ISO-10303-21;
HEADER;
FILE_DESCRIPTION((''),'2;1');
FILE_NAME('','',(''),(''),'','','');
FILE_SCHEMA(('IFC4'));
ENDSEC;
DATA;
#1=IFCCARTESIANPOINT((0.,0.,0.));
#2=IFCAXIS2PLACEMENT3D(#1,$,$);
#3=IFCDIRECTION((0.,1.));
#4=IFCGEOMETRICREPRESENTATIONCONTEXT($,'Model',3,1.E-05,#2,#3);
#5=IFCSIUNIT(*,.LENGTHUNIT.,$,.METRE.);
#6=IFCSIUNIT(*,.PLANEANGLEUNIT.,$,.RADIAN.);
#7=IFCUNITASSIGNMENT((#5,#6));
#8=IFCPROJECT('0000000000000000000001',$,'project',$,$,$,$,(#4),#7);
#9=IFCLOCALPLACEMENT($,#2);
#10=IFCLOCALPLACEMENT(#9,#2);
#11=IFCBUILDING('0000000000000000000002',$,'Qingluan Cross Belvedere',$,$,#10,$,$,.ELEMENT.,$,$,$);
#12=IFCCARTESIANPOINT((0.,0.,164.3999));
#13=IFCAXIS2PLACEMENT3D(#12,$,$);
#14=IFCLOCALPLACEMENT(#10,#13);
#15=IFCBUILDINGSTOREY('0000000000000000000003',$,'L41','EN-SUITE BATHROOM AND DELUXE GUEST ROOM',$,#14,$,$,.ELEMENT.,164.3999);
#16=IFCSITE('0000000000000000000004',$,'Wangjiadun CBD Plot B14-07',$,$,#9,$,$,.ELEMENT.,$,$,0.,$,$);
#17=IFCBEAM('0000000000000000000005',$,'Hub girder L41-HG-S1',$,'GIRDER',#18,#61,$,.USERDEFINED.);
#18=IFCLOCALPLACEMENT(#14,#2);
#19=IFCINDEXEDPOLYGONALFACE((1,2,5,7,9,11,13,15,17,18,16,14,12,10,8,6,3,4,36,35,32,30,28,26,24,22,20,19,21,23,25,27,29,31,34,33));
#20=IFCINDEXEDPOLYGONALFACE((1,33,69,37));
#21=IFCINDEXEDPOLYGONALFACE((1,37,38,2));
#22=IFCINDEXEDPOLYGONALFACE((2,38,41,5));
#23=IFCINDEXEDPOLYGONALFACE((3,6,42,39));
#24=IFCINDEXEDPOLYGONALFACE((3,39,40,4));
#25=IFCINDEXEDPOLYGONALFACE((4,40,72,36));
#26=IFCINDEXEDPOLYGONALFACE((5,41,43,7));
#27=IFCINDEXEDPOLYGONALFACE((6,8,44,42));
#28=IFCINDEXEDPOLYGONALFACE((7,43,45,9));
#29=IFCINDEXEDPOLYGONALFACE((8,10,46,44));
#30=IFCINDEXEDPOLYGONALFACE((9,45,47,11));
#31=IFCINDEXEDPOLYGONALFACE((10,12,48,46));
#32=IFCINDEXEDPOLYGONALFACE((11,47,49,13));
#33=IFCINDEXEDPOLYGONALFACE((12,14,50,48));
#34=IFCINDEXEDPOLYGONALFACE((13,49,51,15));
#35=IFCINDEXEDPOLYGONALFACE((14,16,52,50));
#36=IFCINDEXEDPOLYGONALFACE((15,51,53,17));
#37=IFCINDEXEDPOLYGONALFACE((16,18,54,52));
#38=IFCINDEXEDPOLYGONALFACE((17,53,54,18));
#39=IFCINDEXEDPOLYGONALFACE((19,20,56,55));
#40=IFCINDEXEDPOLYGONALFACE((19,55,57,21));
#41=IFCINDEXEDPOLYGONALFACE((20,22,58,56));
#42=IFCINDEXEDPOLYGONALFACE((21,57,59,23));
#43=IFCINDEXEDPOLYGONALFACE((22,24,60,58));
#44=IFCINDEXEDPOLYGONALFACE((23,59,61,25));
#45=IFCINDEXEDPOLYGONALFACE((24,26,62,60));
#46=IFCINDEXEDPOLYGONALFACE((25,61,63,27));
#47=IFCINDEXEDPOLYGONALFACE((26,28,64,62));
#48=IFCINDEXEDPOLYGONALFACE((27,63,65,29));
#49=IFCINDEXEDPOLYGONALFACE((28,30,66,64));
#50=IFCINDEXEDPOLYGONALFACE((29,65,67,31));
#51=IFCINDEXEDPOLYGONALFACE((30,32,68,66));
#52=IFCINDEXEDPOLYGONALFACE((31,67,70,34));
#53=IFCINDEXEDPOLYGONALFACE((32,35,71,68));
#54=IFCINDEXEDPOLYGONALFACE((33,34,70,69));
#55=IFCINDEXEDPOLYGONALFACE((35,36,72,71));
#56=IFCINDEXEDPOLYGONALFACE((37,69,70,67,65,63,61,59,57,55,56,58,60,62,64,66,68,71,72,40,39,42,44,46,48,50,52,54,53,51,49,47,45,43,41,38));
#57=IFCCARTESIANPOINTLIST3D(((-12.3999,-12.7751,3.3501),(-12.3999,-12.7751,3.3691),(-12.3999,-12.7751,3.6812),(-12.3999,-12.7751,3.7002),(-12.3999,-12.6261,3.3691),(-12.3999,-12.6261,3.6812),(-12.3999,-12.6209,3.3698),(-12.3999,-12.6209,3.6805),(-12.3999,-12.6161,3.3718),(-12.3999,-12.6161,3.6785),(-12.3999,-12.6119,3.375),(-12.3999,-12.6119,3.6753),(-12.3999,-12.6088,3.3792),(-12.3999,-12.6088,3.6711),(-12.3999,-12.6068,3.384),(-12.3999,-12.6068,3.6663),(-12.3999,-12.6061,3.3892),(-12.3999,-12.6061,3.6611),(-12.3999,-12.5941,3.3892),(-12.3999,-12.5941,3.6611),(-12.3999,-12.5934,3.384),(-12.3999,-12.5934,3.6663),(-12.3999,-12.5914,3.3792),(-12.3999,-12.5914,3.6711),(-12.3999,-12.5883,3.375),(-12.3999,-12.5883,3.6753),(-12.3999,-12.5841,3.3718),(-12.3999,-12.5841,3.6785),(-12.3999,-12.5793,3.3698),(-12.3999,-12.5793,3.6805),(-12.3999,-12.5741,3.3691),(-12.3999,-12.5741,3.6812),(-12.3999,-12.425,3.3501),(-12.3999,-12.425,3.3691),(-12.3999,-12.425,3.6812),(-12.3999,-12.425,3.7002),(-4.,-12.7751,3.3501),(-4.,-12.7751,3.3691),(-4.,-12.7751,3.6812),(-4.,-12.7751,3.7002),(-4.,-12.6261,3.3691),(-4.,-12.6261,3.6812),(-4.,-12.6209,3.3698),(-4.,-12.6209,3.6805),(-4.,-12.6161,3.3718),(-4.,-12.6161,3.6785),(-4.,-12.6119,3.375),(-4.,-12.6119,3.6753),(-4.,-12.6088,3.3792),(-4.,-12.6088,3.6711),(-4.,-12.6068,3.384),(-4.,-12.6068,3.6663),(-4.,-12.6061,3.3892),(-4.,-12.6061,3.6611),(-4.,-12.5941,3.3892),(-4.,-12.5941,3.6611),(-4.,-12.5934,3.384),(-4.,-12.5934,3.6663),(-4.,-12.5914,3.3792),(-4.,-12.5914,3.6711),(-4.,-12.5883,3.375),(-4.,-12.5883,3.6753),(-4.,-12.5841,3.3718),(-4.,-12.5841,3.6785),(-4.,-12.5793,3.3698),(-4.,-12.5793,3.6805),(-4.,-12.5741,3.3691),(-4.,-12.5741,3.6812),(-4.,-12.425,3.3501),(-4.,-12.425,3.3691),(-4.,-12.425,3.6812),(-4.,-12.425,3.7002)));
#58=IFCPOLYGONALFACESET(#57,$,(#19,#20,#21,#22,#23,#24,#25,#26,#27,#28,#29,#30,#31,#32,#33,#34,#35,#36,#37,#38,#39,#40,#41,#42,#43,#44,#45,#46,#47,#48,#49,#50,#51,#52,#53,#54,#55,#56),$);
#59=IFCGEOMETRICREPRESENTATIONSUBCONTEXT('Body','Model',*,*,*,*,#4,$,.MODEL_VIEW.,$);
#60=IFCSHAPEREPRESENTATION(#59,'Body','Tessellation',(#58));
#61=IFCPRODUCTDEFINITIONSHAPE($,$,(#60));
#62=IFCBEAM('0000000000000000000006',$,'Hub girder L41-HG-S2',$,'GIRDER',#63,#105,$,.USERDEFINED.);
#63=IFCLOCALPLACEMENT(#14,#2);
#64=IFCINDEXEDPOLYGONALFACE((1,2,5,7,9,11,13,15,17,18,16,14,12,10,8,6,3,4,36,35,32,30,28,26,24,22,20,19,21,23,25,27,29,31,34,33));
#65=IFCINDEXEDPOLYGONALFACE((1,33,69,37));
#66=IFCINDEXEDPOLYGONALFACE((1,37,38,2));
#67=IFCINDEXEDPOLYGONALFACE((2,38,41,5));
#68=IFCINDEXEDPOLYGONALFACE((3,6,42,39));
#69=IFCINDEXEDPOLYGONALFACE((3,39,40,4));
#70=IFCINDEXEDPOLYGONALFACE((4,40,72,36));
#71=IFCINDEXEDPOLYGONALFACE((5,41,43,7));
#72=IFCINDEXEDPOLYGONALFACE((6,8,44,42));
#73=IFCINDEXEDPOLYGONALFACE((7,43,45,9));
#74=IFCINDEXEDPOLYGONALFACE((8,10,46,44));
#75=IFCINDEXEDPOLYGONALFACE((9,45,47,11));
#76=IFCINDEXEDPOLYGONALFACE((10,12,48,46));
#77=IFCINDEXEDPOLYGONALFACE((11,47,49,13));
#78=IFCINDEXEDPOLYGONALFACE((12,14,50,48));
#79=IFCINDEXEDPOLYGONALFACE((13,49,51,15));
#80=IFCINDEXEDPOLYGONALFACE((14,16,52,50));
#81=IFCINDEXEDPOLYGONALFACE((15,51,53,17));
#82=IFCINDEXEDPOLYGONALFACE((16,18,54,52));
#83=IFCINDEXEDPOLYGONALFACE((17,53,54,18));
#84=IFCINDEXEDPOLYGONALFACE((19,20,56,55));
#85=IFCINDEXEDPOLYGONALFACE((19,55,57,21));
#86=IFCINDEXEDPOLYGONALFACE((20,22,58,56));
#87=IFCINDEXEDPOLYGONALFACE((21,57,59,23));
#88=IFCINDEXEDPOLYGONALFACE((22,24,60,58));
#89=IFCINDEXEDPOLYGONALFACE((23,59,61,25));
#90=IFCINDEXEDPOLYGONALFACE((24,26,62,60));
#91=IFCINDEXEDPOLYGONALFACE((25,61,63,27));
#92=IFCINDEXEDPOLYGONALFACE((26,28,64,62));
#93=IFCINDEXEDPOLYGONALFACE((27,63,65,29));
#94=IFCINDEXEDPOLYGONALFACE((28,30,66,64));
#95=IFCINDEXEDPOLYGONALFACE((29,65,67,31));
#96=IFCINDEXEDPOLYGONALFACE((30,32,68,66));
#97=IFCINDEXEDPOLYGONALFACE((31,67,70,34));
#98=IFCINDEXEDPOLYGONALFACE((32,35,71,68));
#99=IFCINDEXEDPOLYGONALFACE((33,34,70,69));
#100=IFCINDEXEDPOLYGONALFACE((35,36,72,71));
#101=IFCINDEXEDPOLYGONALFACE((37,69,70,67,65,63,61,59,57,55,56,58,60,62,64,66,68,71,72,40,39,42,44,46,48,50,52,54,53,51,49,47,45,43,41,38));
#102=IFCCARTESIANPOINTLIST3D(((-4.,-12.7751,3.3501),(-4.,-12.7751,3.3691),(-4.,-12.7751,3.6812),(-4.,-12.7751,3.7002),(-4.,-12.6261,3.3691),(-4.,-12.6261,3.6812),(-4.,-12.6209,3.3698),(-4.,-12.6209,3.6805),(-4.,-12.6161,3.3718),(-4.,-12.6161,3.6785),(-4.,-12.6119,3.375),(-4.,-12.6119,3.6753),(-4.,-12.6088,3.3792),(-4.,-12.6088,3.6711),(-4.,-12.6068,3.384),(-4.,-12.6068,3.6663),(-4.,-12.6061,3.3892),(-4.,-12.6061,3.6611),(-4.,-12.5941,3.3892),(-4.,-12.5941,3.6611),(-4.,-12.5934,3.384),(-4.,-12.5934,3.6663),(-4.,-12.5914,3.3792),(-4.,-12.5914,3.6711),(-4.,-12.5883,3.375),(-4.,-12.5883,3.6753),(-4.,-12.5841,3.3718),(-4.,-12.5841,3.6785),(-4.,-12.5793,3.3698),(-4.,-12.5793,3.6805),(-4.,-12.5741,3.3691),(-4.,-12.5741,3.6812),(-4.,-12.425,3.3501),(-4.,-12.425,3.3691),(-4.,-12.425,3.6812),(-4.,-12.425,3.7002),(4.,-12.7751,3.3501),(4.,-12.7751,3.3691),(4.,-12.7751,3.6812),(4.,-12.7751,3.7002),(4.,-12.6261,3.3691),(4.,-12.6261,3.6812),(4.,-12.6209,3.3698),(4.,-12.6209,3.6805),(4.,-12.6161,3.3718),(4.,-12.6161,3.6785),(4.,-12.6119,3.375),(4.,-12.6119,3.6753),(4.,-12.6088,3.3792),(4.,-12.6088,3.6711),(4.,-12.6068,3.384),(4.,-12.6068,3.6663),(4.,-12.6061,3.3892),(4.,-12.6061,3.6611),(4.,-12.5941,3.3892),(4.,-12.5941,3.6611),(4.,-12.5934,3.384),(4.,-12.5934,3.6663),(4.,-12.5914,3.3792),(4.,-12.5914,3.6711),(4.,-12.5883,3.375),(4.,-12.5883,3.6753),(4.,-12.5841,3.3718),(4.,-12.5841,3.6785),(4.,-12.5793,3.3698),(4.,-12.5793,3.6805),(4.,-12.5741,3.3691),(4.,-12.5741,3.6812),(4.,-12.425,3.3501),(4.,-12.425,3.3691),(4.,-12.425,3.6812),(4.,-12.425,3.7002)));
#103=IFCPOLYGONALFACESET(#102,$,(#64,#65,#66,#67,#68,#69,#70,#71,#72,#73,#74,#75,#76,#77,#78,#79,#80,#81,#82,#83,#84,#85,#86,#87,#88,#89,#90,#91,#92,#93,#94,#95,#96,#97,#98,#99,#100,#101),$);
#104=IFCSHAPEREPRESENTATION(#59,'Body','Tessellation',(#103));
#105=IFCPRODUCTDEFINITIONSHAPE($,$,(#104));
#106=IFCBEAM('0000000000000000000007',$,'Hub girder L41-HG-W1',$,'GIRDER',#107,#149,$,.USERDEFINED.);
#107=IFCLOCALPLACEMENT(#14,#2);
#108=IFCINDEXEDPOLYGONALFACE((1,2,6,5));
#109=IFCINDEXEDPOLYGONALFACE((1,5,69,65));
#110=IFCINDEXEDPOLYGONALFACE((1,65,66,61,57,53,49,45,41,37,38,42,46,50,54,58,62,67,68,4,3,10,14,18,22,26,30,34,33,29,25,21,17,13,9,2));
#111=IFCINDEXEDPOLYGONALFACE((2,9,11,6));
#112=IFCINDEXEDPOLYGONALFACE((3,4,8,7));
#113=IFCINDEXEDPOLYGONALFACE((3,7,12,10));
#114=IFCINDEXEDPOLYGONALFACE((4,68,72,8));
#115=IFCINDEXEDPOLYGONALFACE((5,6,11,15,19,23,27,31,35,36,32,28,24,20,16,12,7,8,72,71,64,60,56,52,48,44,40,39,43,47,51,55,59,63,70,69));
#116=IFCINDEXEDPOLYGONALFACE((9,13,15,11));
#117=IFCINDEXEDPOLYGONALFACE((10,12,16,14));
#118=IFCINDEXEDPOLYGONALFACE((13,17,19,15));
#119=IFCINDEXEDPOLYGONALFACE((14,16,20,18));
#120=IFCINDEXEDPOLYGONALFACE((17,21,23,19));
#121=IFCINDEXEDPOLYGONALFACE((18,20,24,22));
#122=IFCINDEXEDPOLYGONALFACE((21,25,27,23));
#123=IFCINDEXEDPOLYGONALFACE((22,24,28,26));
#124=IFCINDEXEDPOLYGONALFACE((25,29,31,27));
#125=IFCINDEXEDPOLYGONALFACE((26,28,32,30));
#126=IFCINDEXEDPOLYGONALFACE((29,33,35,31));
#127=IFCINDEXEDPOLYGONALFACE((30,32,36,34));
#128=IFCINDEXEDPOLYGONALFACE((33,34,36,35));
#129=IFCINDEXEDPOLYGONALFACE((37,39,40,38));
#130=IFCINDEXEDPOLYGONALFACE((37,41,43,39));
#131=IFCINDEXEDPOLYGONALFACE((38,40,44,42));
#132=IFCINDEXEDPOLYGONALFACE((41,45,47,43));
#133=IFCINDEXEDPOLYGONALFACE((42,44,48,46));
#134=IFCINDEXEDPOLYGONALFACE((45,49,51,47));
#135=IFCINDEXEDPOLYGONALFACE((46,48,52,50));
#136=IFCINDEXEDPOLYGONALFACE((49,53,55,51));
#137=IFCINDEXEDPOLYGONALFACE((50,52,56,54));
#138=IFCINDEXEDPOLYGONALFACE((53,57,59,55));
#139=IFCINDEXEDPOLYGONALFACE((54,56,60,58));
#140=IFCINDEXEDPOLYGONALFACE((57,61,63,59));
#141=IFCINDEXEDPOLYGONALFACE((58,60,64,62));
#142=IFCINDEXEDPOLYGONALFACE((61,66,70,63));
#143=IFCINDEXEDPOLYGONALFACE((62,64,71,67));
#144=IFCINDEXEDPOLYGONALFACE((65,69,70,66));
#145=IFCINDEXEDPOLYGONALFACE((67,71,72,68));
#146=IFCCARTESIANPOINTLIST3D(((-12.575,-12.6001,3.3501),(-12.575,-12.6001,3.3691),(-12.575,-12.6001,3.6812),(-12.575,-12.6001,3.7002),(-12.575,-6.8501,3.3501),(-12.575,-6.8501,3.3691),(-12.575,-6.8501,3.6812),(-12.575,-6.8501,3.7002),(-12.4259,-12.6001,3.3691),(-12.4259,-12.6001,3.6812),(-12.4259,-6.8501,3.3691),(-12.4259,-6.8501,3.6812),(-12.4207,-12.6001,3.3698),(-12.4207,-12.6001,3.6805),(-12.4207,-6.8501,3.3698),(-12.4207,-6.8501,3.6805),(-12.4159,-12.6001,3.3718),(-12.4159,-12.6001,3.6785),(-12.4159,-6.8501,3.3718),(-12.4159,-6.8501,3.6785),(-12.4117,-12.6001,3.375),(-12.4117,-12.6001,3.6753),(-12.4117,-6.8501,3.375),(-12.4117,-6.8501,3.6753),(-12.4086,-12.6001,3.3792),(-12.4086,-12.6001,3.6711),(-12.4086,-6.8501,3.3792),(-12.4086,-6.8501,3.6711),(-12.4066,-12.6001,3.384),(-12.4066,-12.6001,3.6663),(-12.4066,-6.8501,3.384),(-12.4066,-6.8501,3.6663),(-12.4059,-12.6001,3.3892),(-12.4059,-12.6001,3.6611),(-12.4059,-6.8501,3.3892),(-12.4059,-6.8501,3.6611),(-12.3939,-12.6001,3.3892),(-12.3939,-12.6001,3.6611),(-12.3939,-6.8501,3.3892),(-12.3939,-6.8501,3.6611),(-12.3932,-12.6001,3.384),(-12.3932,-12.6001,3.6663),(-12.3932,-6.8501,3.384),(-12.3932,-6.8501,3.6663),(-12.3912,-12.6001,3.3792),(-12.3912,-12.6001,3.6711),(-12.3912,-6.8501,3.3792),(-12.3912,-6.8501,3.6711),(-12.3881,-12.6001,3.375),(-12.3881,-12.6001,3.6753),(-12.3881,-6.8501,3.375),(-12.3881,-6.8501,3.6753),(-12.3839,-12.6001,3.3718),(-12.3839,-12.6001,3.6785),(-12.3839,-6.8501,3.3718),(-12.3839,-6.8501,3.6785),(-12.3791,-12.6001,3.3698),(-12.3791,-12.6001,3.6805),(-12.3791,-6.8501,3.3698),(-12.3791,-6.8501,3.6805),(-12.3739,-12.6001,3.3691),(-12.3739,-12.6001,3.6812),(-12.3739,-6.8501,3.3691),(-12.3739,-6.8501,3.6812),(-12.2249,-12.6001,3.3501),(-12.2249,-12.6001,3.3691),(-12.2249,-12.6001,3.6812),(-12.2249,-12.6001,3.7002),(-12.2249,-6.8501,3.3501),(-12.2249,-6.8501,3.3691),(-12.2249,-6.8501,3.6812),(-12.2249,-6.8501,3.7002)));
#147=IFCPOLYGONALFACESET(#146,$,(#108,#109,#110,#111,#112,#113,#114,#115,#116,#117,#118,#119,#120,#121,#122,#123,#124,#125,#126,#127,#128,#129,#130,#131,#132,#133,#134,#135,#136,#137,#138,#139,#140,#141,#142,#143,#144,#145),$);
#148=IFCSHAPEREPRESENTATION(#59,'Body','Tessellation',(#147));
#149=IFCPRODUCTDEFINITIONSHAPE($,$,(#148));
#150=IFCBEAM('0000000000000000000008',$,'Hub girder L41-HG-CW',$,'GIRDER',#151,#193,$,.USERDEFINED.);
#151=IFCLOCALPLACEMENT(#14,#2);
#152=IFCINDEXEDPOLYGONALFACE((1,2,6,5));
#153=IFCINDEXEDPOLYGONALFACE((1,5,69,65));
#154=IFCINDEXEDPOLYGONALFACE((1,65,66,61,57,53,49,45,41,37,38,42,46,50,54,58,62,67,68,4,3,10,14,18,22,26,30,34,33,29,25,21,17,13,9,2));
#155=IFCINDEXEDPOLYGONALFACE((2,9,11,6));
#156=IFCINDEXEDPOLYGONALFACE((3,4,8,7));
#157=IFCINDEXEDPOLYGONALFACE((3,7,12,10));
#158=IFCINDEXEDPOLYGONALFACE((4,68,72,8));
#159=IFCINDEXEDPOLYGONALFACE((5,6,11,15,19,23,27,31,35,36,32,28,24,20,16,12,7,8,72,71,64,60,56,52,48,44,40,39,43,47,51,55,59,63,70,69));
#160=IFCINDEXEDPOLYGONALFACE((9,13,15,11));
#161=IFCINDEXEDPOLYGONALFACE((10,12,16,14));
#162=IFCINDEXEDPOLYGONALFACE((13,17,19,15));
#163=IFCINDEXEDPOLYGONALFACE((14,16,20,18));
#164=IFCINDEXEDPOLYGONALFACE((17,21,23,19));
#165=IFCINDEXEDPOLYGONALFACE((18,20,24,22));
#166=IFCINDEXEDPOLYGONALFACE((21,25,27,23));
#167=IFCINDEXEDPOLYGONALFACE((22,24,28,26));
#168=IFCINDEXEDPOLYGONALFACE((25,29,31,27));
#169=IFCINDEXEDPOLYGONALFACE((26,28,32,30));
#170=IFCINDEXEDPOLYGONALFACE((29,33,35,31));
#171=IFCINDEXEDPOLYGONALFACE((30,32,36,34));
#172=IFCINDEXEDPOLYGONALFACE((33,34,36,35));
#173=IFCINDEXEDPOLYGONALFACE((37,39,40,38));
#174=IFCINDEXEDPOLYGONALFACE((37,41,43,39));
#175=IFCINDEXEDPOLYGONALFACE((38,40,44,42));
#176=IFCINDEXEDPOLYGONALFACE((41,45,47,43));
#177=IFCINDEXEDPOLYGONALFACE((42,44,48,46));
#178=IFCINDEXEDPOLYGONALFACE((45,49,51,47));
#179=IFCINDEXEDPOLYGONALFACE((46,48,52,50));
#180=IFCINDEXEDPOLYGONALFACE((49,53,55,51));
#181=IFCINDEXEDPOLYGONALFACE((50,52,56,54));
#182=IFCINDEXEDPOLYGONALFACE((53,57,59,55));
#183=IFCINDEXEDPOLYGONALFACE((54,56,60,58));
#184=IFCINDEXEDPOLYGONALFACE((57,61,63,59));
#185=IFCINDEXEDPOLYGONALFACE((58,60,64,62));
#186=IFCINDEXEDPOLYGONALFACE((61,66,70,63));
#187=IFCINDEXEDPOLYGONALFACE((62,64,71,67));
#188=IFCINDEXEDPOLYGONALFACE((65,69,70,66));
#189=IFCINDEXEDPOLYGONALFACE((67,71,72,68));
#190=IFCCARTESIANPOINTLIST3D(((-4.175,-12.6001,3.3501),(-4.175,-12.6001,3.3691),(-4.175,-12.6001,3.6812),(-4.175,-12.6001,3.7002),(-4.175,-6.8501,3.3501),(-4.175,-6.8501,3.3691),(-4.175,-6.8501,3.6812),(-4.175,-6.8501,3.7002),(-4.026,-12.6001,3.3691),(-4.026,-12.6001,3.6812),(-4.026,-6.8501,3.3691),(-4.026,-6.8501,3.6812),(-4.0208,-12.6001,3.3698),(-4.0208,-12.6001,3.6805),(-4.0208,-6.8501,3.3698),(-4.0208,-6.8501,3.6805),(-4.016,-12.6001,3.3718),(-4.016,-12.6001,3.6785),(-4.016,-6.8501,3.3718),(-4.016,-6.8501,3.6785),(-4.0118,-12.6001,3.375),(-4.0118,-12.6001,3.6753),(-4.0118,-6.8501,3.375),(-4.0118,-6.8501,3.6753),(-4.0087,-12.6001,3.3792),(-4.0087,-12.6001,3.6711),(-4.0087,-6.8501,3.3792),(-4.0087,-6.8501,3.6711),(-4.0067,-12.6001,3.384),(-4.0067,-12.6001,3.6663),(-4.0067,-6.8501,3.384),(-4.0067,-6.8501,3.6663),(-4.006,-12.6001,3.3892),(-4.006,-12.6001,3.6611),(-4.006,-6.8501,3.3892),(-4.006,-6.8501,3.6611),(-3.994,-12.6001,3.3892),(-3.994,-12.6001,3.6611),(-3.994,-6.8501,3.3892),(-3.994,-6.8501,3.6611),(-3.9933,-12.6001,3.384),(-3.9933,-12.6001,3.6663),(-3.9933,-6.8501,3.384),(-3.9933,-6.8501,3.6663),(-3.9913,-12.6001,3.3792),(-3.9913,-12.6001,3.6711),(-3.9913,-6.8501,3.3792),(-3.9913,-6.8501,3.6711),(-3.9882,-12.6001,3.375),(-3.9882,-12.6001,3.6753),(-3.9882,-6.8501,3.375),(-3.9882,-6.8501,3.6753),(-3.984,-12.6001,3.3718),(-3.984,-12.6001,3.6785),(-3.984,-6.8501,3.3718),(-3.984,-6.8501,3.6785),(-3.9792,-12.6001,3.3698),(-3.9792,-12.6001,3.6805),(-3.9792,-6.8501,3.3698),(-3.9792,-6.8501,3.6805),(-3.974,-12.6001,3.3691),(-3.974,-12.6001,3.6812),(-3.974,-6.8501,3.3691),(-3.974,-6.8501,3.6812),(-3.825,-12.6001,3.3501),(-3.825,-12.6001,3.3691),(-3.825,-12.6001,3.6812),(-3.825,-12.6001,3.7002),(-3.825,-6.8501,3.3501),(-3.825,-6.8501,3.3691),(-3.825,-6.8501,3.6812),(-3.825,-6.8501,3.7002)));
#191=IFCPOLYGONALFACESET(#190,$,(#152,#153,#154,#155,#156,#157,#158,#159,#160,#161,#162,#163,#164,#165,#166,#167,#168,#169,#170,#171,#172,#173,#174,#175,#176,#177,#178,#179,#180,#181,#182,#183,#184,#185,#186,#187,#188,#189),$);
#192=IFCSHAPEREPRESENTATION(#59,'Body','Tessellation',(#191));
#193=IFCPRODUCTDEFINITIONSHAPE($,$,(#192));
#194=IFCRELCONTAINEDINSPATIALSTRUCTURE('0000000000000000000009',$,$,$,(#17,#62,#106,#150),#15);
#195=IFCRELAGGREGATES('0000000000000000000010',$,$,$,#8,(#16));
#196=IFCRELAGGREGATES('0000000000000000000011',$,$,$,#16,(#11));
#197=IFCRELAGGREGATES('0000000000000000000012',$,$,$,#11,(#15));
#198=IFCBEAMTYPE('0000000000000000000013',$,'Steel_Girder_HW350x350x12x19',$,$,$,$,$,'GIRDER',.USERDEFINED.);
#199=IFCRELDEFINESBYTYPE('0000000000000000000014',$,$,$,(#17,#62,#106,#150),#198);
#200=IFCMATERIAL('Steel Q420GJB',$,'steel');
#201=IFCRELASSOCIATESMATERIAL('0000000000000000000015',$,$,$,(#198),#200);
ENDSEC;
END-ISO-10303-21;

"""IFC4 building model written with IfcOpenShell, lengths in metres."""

from ifc_helpers import new_model, si_unit, direction, frame, origin, origin_2d, place, context, subcontext, project, spatial, i_section, extrude, material, material_profile, profile_set, type_object, element, save


model = new_model("IFC4")

# Units and contexts
model_context = context("Model", 3, precision=1e-05, world=origin(), true_north=direction((0.0, 1.0)))
body_context = subcontext(model_context, "Body", "Model", "MODEL_VIEW")
ifc_project = project(units=[si_unit("LENGTHUNIT", "METRE"), si_unit("PLANEANGLEUNIT", "RADIAN")], contexts=[model_context])

# Site, building, storey
site_placement = place(None, origin())
site = spatial("IfcSite", under=ifc_project, at=site_placement, Name="Wangjiadun CBD Plot B14-07", CompositionType="ELEMENT", RefElevation=0.0)
building_placement = place(site_placement, origin())
building = spatial("IfcBuilding", under=site, at=building_placement, Name="Qingluan Cross Belvedere", CompositionType="ELEMENT")
storey_placement = place(building_placement, frame((0.0, 0.0, 164.3999)))
storey = spatial("IfcBuildingStorey", under=building, at=storey_placement, Name="L41", Description="EN-SUITE BATHROOM AND DELUXE GUEST ROOM", CompositionType="ELEMENT", Elevation=164.3999)

# Beams
ifc_material_1 = material(Name="Steel Q420GJB", Category="steel")
ifc_material_profile_1 = material_profile(ifc_material_1, i_section(OverallWidth=0.3501, OverallDepth=0.3501, WebThickness=0.012, FlangeThickness=0.019, FilletRadius=0.02, at=origin_2d()), Name="HW350x350x12x19")
ifc_profile_set_1 = profile_set([ifc_material_profile_1], Name="Steel Q420GJB")
beam_type_1 = type_object("IfcBeamType", Name="Steel_Girder_HW350x350x12x19", ElementType="GIRDER", PredefinedType="USERDEFINED", material=ifc_profile_set_1)
beam_1_placement = place(storey_placement, frame((-12.3999, -12.6001, 3.5251), z_axis=(1.0, 0.0, 0.0), x_axis=(0.0, 1.0, 0.0)))
element("IfcBeam", 1, at=beam_1_placement, inside=storey, type_object=beam_type_1, Name="Hub girder L41-HG-S1", ObjectType="GIRDER", PredefinedType="USERDEFINED", context=body_context, shape_type="SweptSolid", body=[
    extrude(i_section(OverallWidth=0.3501, OverallDepth=0.3501, WebThickness=0.012, FlangeThickness=0.019, FilletRadius=0.02, at=origin_2d()), origin(), (0.0, 0.0, 1.0), 8.3999),
])
beam_2_placement = place(storey_placement, frame((-4.0, -12.6001, 3.5251), z_axis=(1.0, 0.0, 0.0), x_axis=(0.0, 1.0, 0.0)))
element("IfcBeam", 2, at=beam_2_placement, inside=storey, type_object=beam_type_1, Name="Hub girder L41-HG-S2", ObjectType="GIRDER", PredefinedType="USERDEFINED", context=body_context, shape_type="SweptSolid", body=[
    extrude(i_section(OverallWidth=0.3501, OverallDepth=0.3501, WebThickness=0.012, FlangeThickness=0.019, FilletRadius=0.02, at=origin_2d()), origin(), (0.0, 0.0, 1.0), 8.0),
])
for number, where, z_axis, x_axis, name in (
    (3, (-12.3999, -12.6001, 3.5251), (0.0, 1.0, 0.0), (-1.0, 0.0, 0.0), "Hub girder L41-HG-W1"),
    (4, (-4.0, -12.6001, 3.5251), (0.0, 1.0, 0.0), (-1.0, 0.0, 0.0), "Hub girder L41-HG-CW"),
):
    element("IfcBeam", number, at=place(storey_placement, frame(where, z_axis=z_axis, x_axis=x_axis)), inside=storey, type_object=beam_type_1, Name=name, ObjectType="GIRDER", PredefinedType="USERDEFINED", context=body_context, shape_type="SweptSolid", body=[
        extrude(i_section(OverallWidth=0.3501, OverallDepth=0.3501, WebThickness=0.012, FlangeThickness=0.019, FilletRadius=0.02, at=origin_2d()), origin(), (0.0, 0.0, 1.0), 5.75),
    ])

save(model, "model.ifc")
